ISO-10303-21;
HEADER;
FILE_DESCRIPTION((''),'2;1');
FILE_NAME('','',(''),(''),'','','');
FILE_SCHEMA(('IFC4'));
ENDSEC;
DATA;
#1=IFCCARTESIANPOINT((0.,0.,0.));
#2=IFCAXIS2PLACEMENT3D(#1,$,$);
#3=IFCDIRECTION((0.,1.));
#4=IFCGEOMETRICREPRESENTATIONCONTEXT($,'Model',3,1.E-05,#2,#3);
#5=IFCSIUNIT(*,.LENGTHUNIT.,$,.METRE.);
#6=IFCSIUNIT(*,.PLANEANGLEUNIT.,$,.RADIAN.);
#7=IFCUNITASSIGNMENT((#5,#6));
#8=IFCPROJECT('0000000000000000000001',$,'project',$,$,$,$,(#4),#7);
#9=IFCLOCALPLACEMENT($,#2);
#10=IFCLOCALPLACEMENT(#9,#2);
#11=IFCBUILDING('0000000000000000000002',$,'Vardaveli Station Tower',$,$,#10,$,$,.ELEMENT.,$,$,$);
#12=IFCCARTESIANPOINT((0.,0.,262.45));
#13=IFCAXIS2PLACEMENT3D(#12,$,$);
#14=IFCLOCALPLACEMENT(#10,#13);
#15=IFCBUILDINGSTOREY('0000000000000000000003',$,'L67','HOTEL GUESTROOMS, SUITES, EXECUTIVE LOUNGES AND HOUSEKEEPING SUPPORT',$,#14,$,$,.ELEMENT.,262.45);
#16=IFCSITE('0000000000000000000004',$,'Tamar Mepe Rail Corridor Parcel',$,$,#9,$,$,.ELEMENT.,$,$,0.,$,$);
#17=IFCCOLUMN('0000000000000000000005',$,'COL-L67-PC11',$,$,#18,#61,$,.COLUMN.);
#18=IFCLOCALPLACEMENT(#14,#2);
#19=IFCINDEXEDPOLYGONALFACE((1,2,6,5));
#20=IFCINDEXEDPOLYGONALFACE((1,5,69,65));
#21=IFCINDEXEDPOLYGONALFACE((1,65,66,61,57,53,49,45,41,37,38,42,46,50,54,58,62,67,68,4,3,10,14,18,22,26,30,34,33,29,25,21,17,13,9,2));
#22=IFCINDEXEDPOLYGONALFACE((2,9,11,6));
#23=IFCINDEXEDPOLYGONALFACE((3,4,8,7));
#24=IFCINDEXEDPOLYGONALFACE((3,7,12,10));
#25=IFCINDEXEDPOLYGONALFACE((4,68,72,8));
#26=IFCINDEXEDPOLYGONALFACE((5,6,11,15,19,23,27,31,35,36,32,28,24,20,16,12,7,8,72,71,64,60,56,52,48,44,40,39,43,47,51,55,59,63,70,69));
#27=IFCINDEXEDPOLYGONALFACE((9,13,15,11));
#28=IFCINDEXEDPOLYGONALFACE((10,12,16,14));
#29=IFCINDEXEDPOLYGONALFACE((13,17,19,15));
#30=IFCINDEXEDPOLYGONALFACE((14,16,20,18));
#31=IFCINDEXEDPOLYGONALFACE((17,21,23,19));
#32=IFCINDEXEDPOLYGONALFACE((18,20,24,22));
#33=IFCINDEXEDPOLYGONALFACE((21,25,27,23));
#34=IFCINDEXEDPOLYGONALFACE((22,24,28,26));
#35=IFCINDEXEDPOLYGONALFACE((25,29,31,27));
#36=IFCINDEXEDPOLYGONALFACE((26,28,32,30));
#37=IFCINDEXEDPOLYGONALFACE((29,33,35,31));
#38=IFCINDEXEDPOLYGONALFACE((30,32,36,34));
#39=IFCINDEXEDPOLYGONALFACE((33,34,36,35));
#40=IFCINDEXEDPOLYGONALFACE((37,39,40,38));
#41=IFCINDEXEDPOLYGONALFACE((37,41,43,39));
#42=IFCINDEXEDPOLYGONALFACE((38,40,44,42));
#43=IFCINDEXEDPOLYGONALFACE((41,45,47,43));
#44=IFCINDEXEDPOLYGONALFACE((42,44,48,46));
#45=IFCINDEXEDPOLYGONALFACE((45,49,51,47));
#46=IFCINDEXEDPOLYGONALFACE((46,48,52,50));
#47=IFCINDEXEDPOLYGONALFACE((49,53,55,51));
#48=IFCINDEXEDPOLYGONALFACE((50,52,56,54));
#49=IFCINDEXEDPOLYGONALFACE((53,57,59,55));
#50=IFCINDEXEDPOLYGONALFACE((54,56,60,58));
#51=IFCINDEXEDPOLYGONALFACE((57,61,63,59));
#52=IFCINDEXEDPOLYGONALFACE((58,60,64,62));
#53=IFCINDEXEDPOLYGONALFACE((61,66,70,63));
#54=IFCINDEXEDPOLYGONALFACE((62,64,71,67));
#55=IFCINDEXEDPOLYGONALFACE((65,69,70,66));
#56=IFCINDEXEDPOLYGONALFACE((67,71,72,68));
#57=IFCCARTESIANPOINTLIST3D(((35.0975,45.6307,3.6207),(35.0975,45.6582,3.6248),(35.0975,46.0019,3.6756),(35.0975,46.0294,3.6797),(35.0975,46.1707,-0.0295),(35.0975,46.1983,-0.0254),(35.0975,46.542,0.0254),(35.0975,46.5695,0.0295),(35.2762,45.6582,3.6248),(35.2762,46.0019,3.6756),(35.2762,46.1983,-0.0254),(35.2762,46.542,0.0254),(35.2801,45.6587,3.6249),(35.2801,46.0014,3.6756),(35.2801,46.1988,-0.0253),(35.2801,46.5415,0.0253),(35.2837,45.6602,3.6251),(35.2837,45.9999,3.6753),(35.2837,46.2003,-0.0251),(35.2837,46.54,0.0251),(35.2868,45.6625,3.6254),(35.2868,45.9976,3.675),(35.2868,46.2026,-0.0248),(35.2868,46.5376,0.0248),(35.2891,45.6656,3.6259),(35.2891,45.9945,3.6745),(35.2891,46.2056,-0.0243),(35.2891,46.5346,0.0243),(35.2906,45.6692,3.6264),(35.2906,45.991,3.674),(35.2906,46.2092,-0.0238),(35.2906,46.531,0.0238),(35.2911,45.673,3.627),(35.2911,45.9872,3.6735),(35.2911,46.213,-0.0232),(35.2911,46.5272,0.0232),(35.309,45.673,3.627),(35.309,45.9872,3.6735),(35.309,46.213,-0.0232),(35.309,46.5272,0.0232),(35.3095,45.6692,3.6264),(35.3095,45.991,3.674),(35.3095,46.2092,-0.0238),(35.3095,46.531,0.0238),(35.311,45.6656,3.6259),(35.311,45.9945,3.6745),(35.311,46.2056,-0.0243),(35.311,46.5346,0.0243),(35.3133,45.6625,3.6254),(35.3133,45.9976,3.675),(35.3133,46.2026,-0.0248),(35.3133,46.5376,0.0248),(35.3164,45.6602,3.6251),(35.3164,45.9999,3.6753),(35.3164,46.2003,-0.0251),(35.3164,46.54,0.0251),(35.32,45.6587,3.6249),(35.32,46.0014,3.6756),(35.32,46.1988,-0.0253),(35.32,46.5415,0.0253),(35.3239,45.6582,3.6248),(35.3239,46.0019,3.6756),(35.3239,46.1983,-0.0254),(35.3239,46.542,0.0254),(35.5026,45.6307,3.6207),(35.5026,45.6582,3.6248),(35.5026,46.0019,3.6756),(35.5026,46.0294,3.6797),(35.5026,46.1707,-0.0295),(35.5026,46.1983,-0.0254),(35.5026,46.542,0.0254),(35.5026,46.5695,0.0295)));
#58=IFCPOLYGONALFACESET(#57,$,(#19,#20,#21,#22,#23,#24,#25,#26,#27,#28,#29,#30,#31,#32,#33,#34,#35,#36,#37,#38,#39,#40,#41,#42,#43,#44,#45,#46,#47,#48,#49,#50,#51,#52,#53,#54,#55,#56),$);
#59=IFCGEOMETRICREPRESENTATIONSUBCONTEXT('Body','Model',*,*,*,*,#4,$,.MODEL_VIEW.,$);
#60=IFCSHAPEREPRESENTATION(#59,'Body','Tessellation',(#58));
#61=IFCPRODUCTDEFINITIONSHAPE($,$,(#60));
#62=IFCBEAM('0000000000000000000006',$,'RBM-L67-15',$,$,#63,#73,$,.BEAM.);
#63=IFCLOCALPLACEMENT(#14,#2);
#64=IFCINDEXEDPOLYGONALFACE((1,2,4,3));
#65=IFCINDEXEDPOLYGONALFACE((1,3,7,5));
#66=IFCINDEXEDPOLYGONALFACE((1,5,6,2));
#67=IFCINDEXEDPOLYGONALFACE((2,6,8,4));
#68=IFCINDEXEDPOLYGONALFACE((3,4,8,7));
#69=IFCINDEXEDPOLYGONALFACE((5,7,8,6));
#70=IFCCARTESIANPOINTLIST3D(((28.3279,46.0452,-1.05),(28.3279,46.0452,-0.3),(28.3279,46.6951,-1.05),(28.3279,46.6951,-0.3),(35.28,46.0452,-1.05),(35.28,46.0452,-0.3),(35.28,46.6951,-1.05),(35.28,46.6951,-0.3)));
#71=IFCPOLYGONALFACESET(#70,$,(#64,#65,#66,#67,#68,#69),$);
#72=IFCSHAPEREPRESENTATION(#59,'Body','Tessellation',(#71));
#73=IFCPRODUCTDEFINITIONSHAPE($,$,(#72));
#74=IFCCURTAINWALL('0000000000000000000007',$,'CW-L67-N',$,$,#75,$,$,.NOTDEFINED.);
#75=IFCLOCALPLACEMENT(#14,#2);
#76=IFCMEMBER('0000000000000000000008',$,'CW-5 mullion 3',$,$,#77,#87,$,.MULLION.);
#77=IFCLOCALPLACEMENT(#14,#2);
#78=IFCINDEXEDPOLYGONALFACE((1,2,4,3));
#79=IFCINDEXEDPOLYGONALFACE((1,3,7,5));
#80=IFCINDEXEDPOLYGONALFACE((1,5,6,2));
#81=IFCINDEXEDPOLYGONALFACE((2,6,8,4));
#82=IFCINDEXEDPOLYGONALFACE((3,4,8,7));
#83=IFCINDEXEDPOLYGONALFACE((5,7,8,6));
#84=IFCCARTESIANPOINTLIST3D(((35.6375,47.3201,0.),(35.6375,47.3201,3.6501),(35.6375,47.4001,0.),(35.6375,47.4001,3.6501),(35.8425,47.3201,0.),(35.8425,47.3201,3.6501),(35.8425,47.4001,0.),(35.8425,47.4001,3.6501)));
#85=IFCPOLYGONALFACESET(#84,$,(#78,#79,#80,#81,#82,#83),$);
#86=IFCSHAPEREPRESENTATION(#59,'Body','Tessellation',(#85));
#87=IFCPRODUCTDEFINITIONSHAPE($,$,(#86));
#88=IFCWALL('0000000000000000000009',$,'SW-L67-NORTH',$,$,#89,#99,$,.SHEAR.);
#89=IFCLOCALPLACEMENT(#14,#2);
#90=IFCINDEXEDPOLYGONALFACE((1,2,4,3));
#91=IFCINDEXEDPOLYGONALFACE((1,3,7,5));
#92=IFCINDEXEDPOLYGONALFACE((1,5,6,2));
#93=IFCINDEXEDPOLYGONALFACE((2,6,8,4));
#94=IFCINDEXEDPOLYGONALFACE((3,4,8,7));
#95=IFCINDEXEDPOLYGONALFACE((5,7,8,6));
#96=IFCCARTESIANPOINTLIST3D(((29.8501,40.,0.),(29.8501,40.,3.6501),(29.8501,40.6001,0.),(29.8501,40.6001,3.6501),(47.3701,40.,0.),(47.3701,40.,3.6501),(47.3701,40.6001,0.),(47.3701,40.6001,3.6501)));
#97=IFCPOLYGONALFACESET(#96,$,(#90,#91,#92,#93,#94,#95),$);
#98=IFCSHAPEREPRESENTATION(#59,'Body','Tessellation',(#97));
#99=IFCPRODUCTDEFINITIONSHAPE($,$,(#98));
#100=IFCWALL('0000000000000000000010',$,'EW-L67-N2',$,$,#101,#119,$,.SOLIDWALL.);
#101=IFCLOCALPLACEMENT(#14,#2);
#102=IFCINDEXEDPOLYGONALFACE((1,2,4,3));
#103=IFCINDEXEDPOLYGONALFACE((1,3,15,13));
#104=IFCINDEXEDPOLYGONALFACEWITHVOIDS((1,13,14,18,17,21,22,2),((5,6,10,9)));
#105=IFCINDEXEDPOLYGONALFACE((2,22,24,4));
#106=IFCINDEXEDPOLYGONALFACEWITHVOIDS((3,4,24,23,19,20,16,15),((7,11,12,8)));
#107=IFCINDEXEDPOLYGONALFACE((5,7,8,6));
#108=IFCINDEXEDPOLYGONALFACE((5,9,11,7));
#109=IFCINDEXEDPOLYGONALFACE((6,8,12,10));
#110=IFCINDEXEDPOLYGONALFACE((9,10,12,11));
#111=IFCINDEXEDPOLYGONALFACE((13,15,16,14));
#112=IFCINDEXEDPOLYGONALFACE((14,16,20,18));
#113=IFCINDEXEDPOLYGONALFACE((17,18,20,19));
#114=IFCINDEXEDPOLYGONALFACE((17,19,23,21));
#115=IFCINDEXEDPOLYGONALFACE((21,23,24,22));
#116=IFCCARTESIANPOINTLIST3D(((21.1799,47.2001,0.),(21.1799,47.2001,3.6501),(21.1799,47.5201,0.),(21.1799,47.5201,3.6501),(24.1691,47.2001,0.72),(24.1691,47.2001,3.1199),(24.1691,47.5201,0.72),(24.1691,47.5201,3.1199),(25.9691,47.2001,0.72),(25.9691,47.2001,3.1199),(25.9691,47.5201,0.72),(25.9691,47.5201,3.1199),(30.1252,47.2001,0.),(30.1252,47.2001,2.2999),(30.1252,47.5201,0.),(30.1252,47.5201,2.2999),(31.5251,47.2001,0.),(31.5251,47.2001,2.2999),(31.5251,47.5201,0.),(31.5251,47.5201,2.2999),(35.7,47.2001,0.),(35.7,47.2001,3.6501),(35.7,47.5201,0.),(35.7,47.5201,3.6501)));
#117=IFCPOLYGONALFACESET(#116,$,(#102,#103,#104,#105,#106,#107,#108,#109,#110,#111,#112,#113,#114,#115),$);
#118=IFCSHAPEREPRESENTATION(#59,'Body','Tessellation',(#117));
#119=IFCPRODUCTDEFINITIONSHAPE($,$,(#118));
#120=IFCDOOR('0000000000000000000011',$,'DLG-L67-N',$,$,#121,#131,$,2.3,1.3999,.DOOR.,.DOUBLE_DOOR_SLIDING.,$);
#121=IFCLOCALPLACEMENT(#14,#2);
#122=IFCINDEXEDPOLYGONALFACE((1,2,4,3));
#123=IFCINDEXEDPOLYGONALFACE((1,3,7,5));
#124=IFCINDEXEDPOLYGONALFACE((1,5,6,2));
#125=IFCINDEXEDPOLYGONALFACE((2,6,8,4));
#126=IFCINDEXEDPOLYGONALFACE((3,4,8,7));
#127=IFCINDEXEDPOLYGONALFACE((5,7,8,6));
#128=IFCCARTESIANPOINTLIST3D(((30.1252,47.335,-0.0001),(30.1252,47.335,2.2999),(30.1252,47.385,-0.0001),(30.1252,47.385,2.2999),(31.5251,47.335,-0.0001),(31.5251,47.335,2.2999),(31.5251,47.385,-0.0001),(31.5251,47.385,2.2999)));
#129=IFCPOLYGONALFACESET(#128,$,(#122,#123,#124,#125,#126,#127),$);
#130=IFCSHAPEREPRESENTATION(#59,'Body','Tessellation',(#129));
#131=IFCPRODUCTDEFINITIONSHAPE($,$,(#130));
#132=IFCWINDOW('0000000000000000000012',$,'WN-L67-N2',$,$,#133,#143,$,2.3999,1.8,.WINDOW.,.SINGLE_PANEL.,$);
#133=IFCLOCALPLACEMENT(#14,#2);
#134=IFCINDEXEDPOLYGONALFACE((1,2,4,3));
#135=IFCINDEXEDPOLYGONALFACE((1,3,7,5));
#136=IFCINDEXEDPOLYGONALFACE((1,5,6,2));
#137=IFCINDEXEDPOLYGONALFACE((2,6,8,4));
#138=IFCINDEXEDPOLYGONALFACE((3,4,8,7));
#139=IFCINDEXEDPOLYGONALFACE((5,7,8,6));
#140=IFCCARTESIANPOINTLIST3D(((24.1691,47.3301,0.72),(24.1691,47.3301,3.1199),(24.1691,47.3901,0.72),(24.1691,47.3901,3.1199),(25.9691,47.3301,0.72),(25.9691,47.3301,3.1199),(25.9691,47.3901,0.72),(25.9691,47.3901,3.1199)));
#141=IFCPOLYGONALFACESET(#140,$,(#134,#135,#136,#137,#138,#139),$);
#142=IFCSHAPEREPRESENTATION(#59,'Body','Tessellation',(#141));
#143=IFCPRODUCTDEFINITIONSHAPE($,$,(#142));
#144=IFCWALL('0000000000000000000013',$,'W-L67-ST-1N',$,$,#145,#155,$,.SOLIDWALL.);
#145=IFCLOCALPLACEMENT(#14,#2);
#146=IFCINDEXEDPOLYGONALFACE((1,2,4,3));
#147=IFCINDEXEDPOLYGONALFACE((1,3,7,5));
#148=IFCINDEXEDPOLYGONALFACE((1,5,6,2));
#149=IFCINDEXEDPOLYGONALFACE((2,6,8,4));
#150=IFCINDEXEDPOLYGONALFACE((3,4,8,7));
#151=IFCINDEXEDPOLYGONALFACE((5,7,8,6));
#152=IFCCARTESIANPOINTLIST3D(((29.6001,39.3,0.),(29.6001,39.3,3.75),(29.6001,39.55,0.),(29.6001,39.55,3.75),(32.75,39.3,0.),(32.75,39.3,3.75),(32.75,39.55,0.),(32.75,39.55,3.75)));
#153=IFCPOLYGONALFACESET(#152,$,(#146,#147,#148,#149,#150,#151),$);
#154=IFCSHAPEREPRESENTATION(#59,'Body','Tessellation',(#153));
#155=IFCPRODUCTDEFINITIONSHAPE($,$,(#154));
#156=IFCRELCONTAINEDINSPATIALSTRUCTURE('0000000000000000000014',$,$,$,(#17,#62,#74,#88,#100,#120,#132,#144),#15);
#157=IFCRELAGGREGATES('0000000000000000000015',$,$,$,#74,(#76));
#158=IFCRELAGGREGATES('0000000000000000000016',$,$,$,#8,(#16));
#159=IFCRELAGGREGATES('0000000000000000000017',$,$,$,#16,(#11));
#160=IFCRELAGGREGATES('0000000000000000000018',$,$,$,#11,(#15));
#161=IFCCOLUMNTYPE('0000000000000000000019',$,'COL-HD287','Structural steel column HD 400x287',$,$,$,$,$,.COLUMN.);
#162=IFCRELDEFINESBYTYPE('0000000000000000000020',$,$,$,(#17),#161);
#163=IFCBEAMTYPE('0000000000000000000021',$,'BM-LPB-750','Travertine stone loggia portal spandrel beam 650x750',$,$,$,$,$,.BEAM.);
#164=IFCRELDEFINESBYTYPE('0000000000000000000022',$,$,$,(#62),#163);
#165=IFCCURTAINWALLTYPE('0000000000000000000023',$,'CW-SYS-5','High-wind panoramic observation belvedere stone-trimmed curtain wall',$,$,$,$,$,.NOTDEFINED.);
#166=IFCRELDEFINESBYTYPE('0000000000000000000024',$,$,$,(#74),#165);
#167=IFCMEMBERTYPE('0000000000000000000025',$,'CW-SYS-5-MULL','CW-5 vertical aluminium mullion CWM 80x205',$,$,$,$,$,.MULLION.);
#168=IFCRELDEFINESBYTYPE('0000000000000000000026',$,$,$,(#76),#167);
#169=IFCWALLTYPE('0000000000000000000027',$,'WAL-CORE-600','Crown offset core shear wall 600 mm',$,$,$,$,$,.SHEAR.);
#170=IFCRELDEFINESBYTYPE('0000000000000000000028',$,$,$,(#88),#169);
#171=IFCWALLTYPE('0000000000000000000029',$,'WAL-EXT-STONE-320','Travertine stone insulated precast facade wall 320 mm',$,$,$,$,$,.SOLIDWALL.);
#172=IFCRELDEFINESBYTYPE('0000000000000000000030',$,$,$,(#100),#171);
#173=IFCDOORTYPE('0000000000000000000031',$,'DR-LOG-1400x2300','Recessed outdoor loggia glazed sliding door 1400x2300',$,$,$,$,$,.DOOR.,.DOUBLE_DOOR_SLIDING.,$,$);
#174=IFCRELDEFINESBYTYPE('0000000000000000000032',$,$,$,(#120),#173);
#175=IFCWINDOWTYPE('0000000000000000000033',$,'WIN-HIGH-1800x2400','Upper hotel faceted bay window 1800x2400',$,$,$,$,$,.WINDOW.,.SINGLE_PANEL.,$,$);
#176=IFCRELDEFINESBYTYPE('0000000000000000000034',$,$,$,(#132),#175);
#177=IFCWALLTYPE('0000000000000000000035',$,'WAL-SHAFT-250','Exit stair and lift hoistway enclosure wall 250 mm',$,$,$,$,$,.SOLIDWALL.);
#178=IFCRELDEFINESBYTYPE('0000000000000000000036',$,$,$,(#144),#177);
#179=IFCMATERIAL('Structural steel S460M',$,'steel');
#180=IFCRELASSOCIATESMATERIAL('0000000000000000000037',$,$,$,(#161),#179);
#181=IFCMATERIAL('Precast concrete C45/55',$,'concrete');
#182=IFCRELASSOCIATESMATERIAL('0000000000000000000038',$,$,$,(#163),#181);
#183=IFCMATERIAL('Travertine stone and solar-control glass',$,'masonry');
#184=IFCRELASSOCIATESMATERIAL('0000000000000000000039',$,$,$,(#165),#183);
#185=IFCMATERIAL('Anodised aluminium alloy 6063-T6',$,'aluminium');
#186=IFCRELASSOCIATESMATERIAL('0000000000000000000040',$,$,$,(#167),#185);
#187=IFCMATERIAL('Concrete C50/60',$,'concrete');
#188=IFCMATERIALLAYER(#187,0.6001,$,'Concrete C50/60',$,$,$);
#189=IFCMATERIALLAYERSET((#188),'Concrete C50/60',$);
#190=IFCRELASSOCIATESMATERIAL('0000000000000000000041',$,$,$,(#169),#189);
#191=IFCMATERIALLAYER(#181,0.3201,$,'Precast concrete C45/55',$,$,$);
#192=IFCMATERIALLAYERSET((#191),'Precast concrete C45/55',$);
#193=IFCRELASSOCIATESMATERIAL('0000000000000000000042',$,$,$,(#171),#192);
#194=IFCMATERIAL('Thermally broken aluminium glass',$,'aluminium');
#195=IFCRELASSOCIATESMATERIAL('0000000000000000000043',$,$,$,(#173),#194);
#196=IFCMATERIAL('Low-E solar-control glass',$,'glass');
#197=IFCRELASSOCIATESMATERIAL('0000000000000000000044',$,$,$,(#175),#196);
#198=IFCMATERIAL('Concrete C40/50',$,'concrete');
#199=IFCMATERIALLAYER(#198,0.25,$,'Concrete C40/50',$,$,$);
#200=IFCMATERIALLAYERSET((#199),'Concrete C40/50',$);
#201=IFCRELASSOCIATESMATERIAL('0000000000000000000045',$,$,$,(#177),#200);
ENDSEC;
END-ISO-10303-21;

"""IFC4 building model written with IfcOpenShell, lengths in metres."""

from ifc_helpers import new_model, si_unit, direction, frame, frame_2d, origin, origin_2d, place, context, subcontext, project, spatial, rectangle, i_section, extrude, source, transform, mapped, material, layer, layer_set, material_profile, profile_set, type_object, element, fill, aggregate, save


model = new_model("IFC4")

# Units and contexts
model_context = context("Model", 3, precision=1e-05, world=origin(), true_north=direction((0.0, 1.0)))
body_context = subcontext(model_context, "Body", "Model", "MODEL_VIEW")
ifc_project = project(units=[si_unit("LENGTHUNIT", "METRE"), si_unit("PLANEANGLEUNIT", "RADIAN")], contexts=[model_context])

# Site, building, storey
site_placement = place(None, origin())
site = spatial("IfcSite", under=ifc_project, at=site_placement, Name="Tamar Mepe Rail Corridor Parcel", CompositionType="ELEMENT", RefElevation=0.0)
building_placement = place(site_placement, origin())
building = spatial("IfcBuilding", under=site, at=building_placement, Name="Vardaveli Station Tower", CompositionType="ELEMENT")
storey_placement = place(building_placement, frame((0.0, 0.0, 262.45)))
storey = spatial("IfcBuildingStorey", under=building, at=storey_placement, Name="L67", Description="HOTEL GUESTROOMS, SUITES, EXECUTIVE LOUNGES AND HOUSEKEEPING SUPPORT", CompositionType="ELEMENT", Elevation=262.45)

# Column
ifc_material_1 = material(Name="Structural steel S460M", Category="steel")
ifc_material_profile_1 = material_profile(ifc_material_1, i_section(OverallWidth=0.405, OverallDepth=0.4031, WebThickness=0.0178, FlangeThickness=0.0278, FilletRadius=0.0149, at=origin_2d()), Name="HD 400x287")
ifc_profile_set_1 = profile_set([ifc_material_profile_1], Name="Structural steel S460M")
column_type = type_object("IfcColumnType", Name="COL-HD287", Description="Structural steel column HD 400x287", PredefinedType="COLUMN", material=ifc_profile_set_1)
shared_shape_1 = source(origin(), body_context, "Body", "SweptSolid", [
    extrude(i_section(OverallWidth=0.405, OverallDepth=0.4031, WebThickness=0.0178, FlangeThickness=0.0278, FilletRadius=0.0149, at=origin_2d()), origin(), (0.0, 0.0, 1.0), 3.6899),
])
column_placement = place(storey_placement, frame((35.3, 46.3701, 0.0), z_axis=(0.0, -0.146357, 0.989232), x_axis=(1.0, 0.0, 0.0)))
element("IfcColumn", 1, at=column_placement, inside=storey, type_object=column_type, Name="COL-L67-PC11", PredefinedType="COLUMN", context=body_context, shape_type="MappedRepresentation", body=[
    mapped(shared_shape_1, transform((0.0, 0.0, 0.0), scale=1.0)),
])

# Beam
ifc_material_2 = material(Name="Precast concrete C45/55", Category="concrete")
ifc_material_profile_2 = material_profile(ifc_material_2, rectangle(XDim=0.6499, YDim=0.75, at=origin_2d()), Name="LPB 650x750")
ifc_profile_set_2 = profile_set([ifc_material_profile_2], Name="Precast concrete C45/55")
beam_type = type_object("IfcBeamType", Name="BM-LPB-750", Description="Travertine stone loggia portal spandrel beam 650x750", PredefinedType="BEAM", material=ifc_profile_set_2)
shared_shape_2 = source(origin(), body_context, "Body", "SweptSolid", [
    extrude(rectangle(XDim=0.6499, YDim=0.75, at=origin_2d()), origin(), (0.0, 0.0, 1.0), 6.9521),
])
beam_placement = place(storey_placement, frame((35.28, 46.3701, -0.675), z_axis=(-1.0, 0.0, 0.0), x_axis=(0.0, -1.0, 0.0)))
element("IfcBeam", 2, at=beam_placement, inside=storey, type_object=beam_type, Name="RBM-L67-15", PredefinedType="BEAM", context=body_context, shape_type="MappedRepresentation", body=[
    mapped(shared_shape_2, transform((0.0, 0.0, 0.0), scale=1.0)),
])

# Curtain wall, member
ifc_material_3 = material(Name="Travertine stone and solar-control glass", Category="masonry")
curtain_wall_type = type_object("IfcCurtainWallType", Name="CW-SYS-5", Description="High-wind panoramic observation belvedere stone-trimmed curtain wall", PredefinedType="NOTDEFINED", material=ifc_material_3)
curtain_wall_placement = place(storey_placement, origin())
curtain_wall = element("IfcCurtainWall", 3, at=curtain_wall_placement, inside=storey, type_object=curtain_wall_type, Name="CW-L67-N", PredefinedType="NOTDEFINED")
ifc_material_4 = material(Name="Anodised aluminium alloy 6063-T6", Category="aluminium")
ifc_material_profile_3 = material_profile(ifc_material_4, rectangle(XDim=0.0801, YDim=0.2051, at=origin_2d()), Name="CWM 80x205")
ifc_profile_set_3 = profile_set([ifc_material_profile_3], Name="Anodised aluminium alloy 6063-T6")
member_type = type_object("IfcMemberType", Name="CW-SYS-5-MULL", Description="CW-5 vertical aluminium mullion CWM 80x205", PredefinedType="MULLION", material=ifc_profile_set_3)
shared_shape_3 = source(origin(), body_context, "Body", "SweptSolid", [
    extrude(rectangle(XDim=0.0801, YDim=0.2051, at=origin_2d()), origin(), (0.0, 0.0, 1.0), 3.6501),
])
member_placement = place(storey_placement, frame((35.74, 47.3601, 0.0), z_axis=(0.0, 0.0, 1.0), x_axis=(0.0, -1.0, 0.0)))
member = element("IfcMember", 4, at=member_placement, type_object=member_type, Name="CW-5 mullion 3", PredefinedType="MULLION", context=body_context, shape_type="MappedRepresentation", body=[
    mapped(shared_shape_3, transform((0.0, 0.0, 0.0), scale=1.0)),
])
aggregate(curtain_wall, [member])

# Wall
ifc_material_5 = material(Name="Concrete C50/60", Category="concrete")
ifc_layer_1 = layer(ifc_material_5, 0.6001, Name="Concrete C50/60")
ifc_layer_set_1 = layer_set([ifc_layer_1], Name="Concrete C50/60")
wall_type_1 = type_object("IfcWallType", Name="WAL-CORE-600", Description="Crown offset core shear wall 600 mm", PredefinedType="SHEAR", material=ifc_layer_set_1)
shared_shape_4 = source(origin(), body_context, "Body", "SweptSolid", [
    extrude(rectangle(XDim=17.52, YDim=0.6001, at=frame_2d((8.76, 0.0))), origin(), (0.0, 0.0, 1.0), 3.6501),
])
wall_1_placement = place(storey_placement, frame((29.8501, 40.3, 0.0), z_axis=(0.0, 0.0, 1.0), x_axis=(1.0, 0.0, 0.0)))
element("IfcWall", 5, at=wall_1_placement, inside=storey, type_object=wall_type_1, Name="SW-L67-NORTH", PredefinedType="SHEAR", context=body_context, shape_type="MappedRepresentation", body=[
    mapped(shared_shape_4, transform((0.0, 0.0, 0.0), scale=1.0)),
])

# Wall, openings, door, window
ifc_layer_2 = layer(ifc_material_2, 0.3201, Name="Precast concrete C45/55")
ifc_layer_set_2 = layer_set([ifc_layer_2], Name="Precast concrete C45/55")
wall_type_2 = type_object("IfcWallType", Name="WAL-EXT-STONE-320", Description="Travertine stone insulated precast facade wall 320 mm", PredefinedType="SOLIDWALL", material=ifc_layer_set_2)
shared_shape_5 = source(origin(), body_context, "Body", "SweptSolid", [
    extrude(rectangle(XDim=14.52, YDim=0.3201, at=frame_2d((7.26, 0.0))), origin(), (0.0, 0.0, 1.0), 3.6501),
])
wall_2_placement = place(storey_placement, frame((35.7, 47.3601, 0.0), z_axis=(0.0, 0.0, 1.0), x_axis=(-1.0, 0.0, 0.0)))
wall_2 = element("IfcWall", 6, at=wall_2_placement, inside=storey, type_object=wall_type_2, Name="EW-L67-N2", PredefinedType="SOLIDWALL", context=body_context, shape_type="MappedRepresentation", body=[
    mapped(shared_shape_5, transform((0.0, 0.0, 0.0), scale=1.0)),
])
shared_shape_6 = source(origin(), body_context, "Body", "SweptSolid", [
    extrude(rectangle(XDim=1.3999, YDim=2.3, at=frame_2d((0.7, 1.1499))), frame((0.0, 0.1699, 0.0), z_axis=(0.0, -1.0, 0.0), x_axis=(1.0, 0.0, 0.0)), (0.0, 0.0, 1.0), 0.3401),
])
opening_1_placement = place(wall_2_placement, frame((4.1748, 0.0, 0.0)))
opening_1 = element("IfcOpeningElement", 7, at=opening_1_placement, cuts=wall_2, PredefinedType="OPENING", context=body_context, shape_type="MappedRepresentation", body=[
    mapped(shared_shape_6, transform((0.0, 0.0, 0.0), scale=1.0)),
])
shared_shape_7 = source(origin(), body_context, "Body", "SweptSolid", [
    extrude(rectangle(XDim=1.8, YDim=2.3999, at=frame_2d((0.8999, 1.2))), frame((0.0, 0.1699, 0.0), z_axis=(0.0, -1.0, 0.0), x_axis=(1.0, 0.0, 0.0)), (0.0, 0.0, 1.0), 0.3401),
])
opening_2_placement = place(wall_2_placement, frame((9.731, 0.0, 0.72)))
opening_2 = element("IfcOpeningElement", 8, at=opening_2_placement, cuts=wall_2, PredefinedType="OPENING", context=body_context, shape_type="MappedRepresentation", body=[
    mapped(shared_shape_7, transform((0.0, 0.0, 0.0), scale=1.0)),
])
ifc_material_6 = material(Name="Thermally broken aluminium glass", Category="aluminium")
door_type_1 = type_object("IfcDoorType", Name="DR-LOG-1400x2300", Description="Recessed outdoor loggia glazed sliding door 1400x2300", OperationType="DOUBLE_DOOR_SLIDING", PredefinedType="DOOR", material=ifc_material_6)
shared_shape_8 = source(origin(), body_context, "Body", "SweptSolid", [
    extrude(rectangle(XDim=1.3999, YDim=2.3, at=frame_2d((0.7, 1.1499))), frame((0.0, 0.0249, 0.0), z_axis=(0.0, -1.0, 0.0), x_axis=(1.0, 0.0, 0.0)), (0.0, 0.0, 1.0), 0.05),
])
door_1_placement = place(opening_1_placement, frame((1.3999, 0.0, 0.0), z_axis=(0.0, 0.0, 1.0), x_axis=(-1.0, 0.0, 0.0)))
door_1 = element("IfcDoor", 9, at=door_1_placement, inside=storey, type_object=door_type_1, Name="DLG-L67-N", OperationType="DOUBLE_DOOR_SLIDING", OverallHeight=2.3, OverallWidth=1.3999, PredefinedType="DOOR", context=body_context, shape_type="MappedRepresentation", body=[
    mapped(shared_shape_8, transform((0.0, 0.0, 0.0), scale=1.0)),
])
fill(opening_1, door_1)
ifc_material_7 = material(Name="Low-E solar-control glass", Category="glass")
window_type = type_object("IfcWindowType", Name="WIN-HIGH-1800x2400", Description="Upper hotel faceted bay window 1800x2400", PartitioningType="SINGLE_PANEL", PredefinedType="WINDOW", material=ifc_material_7)
shared_shape_9 = source(origin(), body_context, "Body", "SweptSolid", [
    extrude(rectangle(XDim=1.8, YDim=2.3999, at=frame_2d((0.8999, 1.2))), frame((0.0, 0.03, 0.0), z_axis=(0.0, -1.0, 0.0), x_axis=(1.0, 0.0, 0.0)), (0.0, 0.0, 1.0), 0.0601),
])
window_placement = place(opening_2_placement, origin())
window = element("IfcWindow", 10, at=window_placement, inside=storey, type_object=window_type, Name="WN-L67-N2", OverallHeight=2.3999, OverallWidth=1.8, PartitioningType="SINGLE_PANEL", PredefinedType="WINDOW", context=body_context, shape_type="MappedRepresentation", body=[
    mapped(shared_shape_9, transform((0.0, 0.0, 0.0), scale=1.0)),
])
fill(opening_2, window)

# Wall
ifc_material_8 = material(Name="Concrete C40/50", Category="concrete")
ifc_layer_3 = layer(ifc_material_8, 0.25, Name="Concrete C40/50")
ifc_layer_set_3 = layer_set([ifc_layer_3], Name="Concrete C40/50")
wall_type_3 = type_object("IfcWallType", Name="WAL-SHAFT-250", Description="Exit stair and lift hoistway enclosure wall 250 mm", PredefinedType="SOLIDWALL", material=ifc_layer_set_3)
shared_shape_10 = source(origin(), body_context, "Body", "SweptSolid", [
    extrude(rectangle(XDim=3.1499, YDim=0.25, at=frame_2d((1.575, 0.0))), origin(), (0.0, 0.0, 1.0), 3.75),
])
for number, where, z_axis, x_axis, name in (
    (11, (29.6001, 39.425, 0.0), (0.0, 0.0, 1.0), (1.0, 0.0, 0.0), "W-L67-ST-1N"),
):
    element("IfcWall", number, at=place(storey_placement, frame(where, z_axis=z_axis, x_axis=x_axis)), inside=storey, type_object=wall_type_3, Name=name, PredefinedType="SOLIDWALL", context=body_context, shape_type="MappedRepresentation", body=[
        mapped(shared_shape_10, transform((0.0, 0.0, 0.0), scale=1.0)),
    ])

save(model, "model.ifc")
